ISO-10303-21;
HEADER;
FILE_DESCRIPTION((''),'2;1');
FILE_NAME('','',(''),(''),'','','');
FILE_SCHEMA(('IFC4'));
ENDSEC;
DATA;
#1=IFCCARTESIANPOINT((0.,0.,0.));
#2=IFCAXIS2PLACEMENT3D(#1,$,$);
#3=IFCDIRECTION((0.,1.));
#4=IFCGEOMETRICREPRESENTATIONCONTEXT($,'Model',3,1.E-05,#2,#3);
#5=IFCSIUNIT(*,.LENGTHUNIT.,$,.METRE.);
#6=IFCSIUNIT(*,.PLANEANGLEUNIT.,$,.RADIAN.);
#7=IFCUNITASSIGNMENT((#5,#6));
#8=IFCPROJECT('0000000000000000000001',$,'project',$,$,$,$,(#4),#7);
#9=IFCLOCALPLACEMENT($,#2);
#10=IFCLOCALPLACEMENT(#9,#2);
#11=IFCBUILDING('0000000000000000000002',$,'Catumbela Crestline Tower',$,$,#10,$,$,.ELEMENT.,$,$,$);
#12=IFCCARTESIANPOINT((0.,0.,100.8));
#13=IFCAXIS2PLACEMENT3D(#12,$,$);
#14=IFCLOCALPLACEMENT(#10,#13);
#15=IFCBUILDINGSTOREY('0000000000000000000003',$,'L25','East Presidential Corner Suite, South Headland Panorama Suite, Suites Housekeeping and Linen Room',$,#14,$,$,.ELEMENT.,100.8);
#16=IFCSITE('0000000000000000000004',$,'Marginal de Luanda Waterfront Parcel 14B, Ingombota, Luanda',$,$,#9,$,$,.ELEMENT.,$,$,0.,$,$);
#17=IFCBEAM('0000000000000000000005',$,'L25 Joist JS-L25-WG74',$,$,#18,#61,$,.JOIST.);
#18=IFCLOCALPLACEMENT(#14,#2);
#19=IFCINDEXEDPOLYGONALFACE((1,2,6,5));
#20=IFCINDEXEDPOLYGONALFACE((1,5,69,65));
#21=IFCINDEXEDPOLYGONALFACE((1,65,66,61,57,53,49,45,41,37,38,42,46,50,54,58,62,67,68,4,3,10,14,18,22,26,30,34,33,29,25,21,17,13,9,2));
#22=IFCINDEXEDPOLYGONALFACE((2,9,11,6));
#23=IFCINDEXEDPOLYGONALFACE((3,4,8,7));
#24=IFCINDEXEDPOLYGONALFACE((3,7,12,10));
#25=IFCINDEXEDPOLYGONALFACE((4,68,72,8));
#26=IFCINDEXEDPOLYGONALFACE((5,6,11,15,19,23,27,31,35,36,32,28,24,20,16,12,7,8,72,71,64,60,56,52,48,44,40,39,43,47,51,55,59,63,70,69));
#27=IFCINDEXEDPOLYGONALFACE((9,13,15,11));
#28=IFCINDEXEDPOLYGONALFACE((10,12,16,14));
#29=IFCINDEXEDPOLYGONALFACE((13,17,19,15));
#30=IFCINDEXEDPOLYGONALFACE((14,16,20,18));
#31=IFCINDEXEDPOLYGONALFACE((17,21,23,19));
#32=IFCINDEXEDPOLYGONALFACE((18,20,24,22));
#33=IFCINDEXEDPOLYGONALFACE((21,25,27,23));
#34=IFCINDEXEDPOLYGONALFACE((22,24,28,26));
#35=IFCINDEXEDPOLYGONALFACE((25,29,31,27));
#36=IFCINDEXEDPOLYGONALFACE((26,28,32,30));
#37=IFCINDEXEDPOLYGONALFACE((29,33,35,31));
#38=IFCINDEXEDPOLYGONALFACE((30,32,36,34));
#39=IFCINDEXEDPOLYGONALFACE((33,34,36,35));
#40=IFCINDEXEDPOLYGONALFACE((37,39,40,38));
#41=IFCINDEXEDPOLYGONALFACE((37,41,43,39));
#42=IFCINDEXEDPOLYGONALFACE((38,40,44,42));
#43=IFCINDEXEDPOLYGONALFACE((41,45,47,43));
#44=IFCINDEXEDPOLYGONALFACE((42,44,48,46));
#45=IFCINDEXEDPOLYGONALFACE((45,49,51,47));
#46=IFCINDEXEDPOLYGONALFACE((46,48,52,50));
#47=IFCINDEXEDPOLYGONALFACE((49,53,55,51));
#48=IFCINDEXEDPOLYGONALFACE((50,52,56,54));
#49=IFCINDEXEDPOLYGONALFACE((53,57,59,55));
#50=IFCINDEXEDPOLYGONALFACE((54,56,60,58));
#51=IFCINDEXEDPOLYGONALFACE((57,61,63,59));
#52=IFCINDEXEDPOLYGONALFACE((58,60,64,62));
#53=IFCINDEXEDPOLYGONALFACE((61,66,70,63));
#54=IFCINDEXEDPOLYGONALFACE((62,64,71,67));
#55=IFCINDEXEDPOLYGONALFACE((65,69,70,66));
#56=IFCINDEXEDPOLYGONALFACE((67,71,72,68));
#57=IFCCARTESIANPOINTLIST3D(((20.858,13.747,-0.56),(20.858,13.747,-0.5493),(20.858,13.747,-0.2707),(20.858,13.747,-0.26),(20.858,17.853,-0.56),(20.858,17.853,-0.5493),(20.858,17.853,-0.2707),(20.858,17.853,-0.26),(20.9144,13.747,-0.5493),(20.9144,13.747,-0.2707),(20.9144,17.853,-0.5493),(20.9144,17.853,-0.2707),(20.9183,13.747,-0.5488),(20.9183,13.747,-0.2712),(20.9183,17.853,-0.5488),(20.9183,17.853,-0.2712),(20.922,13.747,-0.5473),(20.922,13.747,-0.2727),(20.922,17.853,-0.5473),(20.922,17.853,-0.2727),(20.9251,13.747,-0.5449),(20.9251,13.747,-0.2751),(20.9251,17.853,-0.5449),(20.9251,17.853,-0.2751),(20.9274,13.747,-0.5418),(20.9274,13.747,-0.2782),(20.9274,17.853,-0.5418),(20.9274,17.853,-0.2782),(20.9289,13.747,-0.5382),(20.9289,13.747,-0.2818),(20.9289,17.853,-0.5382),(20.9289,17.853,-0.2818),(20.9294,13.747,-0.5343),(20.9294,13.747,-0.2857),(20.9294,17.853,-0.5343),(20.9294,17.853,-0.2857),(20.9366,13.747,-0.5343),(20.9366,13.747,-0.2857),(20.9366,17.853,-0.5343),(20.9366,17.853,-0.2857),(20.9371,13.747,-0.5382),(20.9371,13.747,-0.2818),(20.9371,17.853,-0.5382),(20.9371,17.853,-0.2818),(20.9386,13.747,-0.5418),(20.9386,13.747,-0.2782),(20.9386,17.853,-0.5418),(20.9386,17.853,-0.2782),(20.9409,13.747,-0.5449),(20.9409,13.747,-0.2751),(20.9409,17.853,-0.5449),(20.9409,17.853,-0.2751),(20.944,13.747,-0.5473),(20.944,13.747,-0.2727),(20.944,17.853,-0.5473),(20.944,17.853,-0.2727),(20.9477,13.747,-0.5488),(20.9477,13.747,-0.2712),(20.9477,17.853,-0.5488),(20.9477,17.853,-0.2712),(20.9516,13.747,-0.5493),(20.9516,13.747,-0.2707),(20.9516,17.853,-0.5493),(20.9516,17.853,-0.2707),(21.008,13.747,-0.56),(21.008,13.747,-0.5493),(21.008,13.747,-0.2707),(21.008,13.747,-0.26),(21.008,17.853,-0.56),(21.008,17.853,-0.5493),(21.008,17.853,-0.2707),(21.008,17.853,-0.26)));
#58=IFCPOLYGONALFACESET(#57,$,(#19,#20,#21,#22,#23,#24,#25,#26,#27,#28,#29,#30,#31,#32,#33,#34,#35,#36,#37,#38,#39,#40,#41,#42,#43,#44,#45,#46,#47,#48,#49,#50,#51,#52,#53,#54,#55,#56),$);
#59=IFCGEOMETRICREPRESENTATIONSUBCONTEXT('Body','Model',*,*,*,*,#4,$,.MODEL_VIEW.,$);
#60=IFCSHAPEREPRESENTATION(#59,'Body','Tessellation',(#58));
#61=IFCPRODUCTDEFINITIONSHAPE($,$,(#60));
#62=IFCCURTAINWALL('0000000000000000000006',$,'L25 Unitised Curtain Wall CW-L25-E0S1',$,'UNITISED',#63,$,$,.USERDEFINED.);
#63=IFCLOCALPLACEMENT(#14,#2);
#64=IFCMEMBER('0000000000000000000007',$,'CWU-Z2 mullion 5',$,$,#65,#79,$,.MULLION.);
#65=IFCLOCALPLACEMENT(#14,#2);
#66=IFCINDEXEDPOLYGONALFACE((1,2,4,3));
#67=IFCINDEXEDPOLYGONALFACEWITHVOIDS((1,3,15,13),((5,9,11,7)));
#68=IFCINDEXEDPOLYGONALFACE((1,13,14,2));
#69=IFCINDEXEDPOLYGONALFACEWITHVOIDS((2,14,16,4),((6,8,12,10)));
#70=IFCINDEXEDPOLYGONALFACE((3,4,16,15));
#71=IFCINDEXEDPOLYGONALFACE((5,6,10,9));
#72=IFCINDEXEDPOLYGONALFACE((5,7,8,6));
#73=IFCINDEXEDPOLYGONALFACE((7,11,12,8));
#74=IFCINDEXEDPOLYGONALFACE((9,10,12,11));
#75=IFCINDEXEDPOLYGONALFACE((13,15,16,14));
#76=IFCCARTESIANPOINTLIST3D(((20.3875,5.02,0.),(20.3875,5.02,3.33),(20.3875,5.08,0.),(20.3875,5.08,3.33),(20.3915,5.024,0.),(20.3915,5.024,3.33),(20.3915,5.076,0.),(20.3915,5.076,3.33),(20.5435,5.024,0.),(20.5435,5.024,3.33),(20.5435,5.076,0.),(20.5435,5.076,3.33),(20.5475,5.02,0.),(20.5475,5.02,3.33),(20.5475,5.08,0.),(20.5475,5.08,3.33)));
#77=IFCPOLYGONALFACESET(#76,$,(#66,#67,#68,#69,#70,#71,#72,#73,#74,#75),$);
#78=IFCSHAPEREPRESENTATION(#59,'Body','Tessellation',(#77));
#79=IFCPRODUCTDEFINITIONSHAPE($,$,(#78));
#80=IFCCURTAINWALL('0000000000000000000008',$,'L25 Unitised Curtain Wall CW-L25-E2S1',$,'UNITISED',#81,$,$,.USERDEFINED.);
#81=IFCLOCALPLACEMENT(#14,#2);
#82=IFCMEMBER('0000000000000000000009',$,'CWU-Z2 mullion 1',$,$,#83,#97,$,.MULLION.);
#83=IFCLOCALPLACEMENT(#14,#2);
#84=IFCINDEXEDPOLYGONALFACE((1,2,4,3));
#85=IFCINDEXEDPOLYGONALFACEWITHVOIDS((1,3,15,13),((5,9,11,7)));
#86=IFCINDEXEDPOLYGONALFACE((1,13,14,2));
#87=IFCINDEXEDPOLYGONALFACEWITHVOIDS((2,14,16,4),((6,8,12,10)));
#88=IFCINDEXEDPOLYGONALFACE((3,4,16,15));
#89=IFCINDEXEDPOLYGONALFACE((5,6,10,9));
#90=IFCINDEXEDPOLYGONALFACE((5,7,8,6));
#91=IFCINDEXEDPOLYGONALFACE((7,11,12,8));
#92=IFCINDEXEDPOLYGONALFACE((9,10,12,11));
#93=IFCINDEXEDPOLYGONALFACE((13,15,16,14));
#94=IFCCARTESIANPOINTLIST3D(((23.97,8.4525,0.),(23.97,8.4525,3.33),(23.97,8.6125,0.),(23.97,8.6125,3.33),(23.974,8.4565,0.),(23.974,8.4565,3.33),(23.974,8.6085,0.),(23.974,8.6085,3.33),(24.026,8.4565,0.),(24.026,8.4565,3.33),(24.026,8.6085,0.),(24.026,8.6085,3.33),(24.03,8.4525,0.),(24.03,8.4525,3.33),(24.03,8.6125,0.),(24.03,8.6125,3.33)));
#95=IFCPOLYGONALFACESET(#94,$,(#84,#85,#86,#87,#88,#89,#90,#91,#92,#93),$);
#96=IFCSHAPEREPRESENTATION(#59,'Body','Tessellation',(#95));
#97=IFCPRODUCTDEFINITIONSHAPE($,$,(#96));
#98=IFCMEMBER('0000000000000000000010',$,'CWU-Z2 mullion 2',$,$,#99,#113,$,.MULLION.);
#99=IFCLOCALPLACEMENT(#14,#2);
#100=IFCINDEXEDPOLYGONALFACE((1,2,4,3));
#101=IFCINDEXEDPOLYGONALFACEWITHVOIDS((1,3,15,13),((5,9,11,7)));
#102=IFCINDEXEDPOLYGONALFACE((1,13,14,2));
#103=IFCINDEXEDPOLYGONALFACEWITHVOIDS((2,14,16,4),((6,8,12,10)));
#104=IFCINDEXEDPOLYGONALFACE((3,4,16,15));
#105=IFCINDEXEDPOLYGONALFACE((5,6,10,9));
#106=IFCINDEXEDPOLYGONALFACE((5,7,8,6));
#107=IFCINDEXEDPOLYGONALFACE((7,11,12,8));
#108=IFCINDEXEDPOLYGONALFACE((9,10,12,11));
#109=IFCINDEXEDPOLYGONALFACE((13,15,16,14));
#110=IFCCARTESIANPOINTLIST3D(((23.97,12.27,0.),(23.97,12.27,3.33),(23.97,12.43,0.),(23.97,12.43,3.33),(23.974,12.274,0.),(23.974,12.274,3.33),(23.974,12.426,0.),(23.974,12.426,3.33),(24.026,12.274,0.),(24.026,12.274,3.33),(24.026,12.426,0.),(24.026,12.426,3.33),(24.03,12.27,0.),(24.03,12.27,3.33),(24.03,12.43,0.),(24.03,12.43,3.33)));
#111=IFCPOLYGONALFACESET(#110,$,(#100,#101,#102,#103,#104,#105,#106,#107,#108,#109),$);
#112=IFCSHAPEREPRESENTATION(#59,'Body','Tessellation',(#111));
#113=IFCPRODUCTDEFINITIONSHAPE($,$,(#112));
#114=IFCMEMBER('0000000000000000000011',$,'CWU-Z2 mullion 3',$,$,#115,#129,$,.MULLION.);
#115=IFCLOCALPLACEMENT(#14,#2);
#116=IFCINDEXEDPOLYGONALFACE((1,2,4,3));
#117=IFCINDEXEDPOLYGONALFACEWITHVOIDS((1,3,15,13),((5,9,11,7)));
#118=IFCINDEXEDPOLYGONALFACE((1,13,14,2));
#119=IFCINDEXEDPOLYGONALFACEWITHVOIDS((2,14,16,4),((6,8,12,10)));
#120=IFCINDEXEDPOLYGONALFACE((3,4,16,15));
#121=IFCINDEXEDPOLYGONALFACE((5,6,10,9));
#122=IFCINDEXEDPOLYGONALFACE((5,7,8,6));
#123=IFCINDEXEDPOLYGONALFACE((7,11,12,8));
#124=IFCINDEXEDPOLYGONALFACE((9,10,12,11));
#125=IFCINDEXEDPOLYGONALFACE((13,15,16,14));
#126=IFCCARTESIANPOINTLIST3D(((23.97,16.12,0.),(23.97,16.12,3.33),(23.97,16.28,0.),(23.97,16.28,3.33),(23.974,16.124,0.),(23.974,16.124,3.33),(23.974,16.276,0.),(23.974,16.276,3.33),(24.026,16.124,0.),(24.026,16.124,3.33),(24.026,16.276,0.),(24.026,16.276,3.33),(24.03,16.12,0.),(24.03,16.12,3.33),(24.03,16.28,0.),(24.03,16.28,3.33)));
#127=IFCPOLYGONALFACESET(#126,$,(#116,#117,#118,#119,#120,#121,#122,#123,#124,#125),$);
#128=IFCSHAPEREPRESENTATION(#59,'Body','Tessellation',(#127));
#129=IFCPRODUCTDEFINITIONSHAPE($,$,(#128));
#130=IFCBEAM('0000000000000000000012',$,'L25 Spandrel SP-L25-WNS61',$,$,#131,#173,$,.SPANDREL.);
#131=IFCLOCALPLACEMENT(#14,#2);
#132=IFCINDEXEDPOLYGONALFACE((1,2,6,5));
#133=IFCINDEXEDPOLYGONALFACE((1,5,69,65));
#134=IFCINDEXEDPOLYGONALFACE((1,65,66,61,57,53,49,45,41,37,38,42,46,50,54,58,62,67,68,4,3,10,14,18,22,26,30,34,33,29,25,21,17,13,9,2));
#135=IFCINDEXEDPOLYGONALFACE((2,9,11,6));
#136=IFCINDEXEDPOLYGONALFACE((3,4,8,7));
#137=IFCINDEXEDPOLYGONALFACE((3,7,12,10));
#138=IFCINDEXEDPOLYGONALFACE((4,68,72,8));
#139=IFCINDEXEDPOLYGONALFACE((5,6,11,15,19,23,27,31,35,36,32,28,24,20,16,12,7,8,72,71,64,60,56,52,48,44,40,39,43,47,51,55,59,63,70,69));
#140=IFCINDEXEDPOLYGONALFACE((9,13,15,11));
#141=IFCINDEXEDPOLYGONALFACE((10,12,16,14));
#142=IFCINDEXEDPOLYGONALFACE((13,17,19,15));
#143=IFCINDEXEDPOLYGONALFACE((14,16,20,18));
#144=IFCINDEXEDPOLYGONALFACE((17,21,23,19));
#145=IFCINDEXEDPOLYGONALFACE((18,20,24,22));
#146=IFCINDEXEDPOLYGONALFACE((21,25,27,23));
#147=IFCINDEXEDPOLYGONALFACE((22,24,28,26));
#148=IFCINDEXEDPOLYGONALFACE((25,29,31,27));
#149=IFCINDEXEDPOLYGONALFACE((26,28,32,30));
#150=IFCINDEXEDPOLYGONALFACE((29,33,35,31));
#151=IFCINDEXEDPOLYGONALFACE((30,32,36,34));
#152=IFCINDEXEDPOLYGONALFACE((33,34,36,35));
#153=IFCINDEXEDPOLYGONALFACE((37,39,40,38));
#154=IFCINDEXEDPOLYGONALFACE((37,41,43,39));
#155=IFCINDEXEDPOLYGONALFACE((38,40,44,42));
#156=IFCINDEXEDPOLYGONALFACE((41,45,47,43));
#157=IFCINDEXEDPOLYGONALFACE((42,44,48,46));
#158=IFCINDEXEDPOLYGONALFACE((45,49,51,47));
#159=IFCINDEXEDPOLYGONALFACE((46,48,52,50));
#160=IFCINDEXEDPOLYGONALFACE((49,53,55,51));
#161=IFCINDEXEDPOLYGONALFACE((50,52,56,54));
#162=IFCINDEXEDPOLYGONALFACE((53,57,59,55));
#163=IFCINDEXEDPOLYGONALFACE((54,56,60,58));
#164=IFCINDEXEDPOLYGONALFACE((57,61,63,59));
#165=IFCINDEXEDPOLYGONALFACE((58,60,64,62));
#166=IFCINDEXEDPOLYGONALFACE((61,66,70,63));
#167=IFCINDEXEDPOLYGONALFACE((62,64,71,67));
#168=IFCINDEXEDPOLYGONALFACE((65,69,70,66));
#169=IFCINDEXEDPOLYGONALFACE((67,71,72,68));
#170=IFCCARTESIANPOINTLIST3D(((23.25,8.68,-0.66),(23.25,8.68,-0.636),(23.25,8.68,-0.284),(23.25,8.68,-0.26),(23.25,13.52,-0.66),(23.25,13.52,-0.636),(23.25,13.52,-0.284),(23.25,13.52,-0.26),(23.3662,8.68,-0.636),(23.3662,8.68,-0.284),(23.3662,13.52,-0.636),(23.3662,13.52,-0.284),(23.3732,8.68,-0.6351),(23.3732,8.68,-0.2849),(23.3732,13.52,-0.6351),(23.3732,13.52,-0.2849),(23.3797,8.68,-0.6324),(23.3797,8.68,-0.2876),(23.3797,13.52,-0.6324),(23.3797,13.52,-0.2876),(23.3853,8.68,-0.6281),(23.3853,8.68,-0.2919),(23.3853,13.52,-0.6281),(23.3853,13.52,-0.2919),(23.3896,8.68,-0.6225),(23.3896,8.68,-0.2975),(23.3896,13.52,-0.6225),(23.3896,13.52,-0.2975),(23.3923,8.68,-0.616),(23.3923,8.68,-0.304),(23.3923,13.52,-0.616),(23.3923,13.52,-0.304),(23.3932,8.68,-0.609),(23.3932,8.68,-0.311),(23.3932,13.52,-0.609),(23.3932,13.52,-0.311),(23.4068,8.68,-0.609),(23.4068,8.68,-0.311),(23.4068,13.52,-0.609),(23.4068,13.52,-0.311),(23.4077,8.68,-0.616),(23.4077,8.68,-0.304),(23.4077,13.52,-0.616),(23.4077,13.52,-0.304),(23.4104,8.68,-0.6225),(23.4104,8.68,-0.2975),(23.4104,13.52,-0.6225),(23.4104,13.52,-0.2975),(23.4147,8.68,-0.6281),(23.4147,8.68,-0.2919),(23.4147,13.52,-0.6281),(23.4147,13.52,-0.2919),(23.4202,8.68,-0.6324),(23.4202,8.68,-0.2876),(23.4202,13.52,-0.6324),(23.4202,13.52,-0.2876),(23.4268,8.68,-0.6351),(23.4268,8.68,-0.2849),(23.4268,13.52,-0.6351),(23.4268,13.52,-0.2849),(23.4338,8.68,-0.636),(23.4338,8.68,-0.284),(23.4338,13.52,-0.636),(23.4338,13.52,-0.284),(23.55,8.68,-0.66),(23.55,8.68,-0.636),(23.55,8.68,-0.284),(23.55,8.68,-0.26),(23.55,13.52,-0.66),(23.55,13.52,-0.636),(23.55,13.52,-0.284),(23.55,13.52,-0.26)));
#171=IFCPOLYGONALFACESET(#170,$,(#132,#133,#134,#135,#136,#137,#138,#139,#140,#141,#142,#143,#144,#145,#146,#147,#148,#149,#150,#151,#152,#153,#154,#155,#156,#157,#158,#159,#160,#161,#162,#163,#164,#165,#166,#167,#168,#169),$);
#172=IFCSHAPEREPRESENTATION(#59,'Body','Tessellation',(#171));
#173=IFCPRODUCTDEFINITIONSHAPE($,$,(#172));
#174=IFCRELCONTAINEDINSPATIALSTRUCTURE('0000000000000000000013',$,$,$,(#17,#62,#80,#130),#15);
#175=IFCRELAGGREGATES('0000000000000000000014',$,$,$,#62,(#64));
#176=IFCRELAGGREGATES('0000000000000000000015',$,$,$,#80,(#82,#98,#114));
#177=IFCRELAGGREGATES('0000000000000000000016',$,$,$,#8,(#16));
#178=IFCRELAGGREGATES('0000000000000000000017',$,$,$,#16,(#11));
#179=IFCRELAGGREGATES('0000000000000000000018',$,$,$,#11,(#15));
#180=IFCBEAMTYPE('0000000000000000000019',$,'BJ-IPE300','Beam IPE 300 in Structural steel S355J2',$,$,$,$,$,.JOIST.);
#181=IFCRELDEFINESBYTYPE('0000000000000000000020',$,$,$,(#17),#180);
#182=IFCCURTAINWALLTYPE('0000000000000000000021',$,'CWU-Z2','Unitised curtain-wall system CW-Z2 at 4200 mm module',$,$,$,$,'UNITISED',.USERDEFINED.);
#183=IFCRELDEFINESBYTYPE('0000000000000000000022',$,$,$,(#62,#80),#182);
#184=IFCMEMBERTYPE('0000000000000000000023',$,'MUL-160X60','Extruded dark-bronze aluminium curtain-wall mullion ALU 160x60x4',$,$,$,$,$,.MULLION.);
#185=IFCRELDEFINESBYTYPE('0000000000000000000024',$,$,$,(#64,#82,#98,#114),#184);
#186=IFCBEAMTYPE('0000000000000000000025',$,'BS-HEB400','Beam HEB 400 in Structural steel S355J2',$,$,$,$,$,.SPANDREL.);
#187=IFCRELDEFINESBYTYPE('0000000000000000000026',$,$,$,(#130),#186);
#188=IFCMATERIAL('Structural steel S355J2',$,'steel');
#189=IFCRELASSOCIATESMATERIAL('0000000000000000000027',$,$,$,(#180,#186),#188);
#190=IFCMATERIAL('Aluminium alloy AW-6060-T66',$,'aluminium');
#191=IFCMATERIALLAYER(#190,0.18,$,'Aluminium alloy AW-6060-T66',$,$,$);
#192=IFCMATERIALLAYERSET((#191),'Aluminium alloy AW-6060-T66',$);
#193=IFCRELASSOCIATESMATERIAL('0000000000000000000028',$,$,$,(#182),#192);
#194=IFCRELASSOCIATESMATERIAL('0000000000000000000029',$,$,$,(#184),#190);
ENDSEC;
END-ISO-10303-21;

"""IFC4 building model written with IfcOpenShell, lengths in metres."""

from ifc_helpers import new_model, si_unit, direction, frame, origin, origin_2d, place, context, subcontext, project, spatial, hollow_rectangle, i_section, extrude, material, layer, layer_set, material_profile, profile_set, type_object, element, aggregate, save


model = new_model("IFC4")

# Units and contexts
model_context = context("Model", 3, precision=1e-05, world=origin(), true_north=direction((0.0, 1.0)))
body_context = subcontext(model_context, "Body", "Model", "MODEL_VIEW")
ifc_project = project(units=[si_unit("LENGTHUNIT", "METRE"), si_unit("PLANEANGLEUNIT", "RADIAN")], contexts=[model_context])

# Site, building, storey
site_placement = place(None, origin())
site = spatial("IfcSite", under=ifc_project, at=site_placement, Name="Marginal de Luanda Waterfront Parcel 14B, Ingombota, Luanda", CompositionType="ELEMENT", RefElevation=0.0)
building_placement = place(site_placement, origin())
building = spatial("IfcBuilding", under=site, at=building_placement, Name="Catumbela Crestline Tower", CompositionType="ELEMENT")
storey_placement = place(building_placement, frame((0.0, 0.0, 100.8)))
storey = spatial("IfcBuildingStorey", under=building, at=storey_placement, Name="L25", Description="East Presidential Corner Suite, South Headland Panorama Suite, Suites Housekeeping and Linen Room", CompositionType="ELEMENT", Elevation=100.8)

# Beam
ifc_material_1 = material(Name="Structural steel S355J2", Category="steel")
ifc_material_profile_1 = material_profile(ifc_material_1, i_section(OverallWidth=0.15, OverallDepth=0.3, WebThickness=0.0071, FlangeThickness=0.0107, FilletRadius=0.015, at=origin_2d()), Name="IPE 300")
ifc_profile_set_1 = profile_set([ifc_material_profile_1], Name="Structural steel S355J2")
beam_type_1 = type_object("IfcBeamType", Name="BJ-IPE300", Description="Beam IPE 300 in Structural steel S355J2", PredefinedType="JOIST", material=ifc_profile_set_1)
for number, where, z_axis, x_axis, name in (
    (1, (20.933, 13.747, -0.41), (0.0, 1.0, 0.0), (-1.0, 0.0, 0.0), "L25 Joist JS-L25-WG74"),
):
    element("IfcBeam", number, at=place(storey_placement, frame(where, z_axis=z_axis, x_axis=x_axis)), inside=storey, type_object=beam_type_1, Name=name, PredefinedType="JOIST", context=body_context, shape_type="SweptSolid", body=[
        extrude(i_section(OverallWidth=0.15, OverallDepth=0.3, WebThickness=0.0071, FlangeThickness=0.0107, FilletRadius=0.015, at=origin_2d()), origin(), (0.0, 0.0, 1.0), 4.106),
    ])

# Curtain wall, member
ifc_material_2 = material(Name="Aluminium alloy AW-6060-T66", Category="aluminium")
ifc_layer_1 = layer(ifc_material_2, 0.18, Name="Aluminium alloy AW-6060-T66")
ifc_layer_set_1 = layer_set([ifc_layer_1], Name="Aluminium alloy AW-6060-T66")
curtain_wall_type = type_object("IfcCurtainWallType", Name="CWU-Z2", Description="Unitised curtain-wall system CW-Z2 at 4200 mm module", ElementType="UNITISED", PredefinedType="USERDEFINED", material=ifc_layer_set_1)
curtain_wall_1_placement = place(storey_placement, origin())
curtain_wall_1 = element("IfcCurtainWall", 2, at=curtain_wall_1_placement, inside=storey, type_object=curtain_wall_type, Name="L25 Unitised Curtain Wall CW-L25-E0S1", ObjectType="UNITISED", PredefinedType="USERDEFINED")
ifc_material_profile_2 = material_profile(ifc_material_2, hollow_rectangle(XDim=0.06, YDim=0.16, WallThickness=0.004, at=origin_2d()), Name="ALU 160x60x4")
ifc_profile_set_2 = profile_set([ifc_material_profile_2], Name="Aluminium alloy AW-6060-T66")
member_type_1 = type_object("IfcMemberType", Name="MUL-160X60", Description="Extruded dark-bronze aluminium curtain-wall mullion ALU 160x60x4", PredefinedType="MULLION", material=ifc_profile_set_2)
member_1_placement = place(storey_placement, frame((20.4675, 5.05, 0.0), z_axis=(0.0, 0.0, 1.0), x_axis=(0.0, 1.0, 0.0)))
member_1 = element("IfcMember", 3, at=member_1_placement, type_object=member_type_1, Name="CWU-Z2 mullion 5", PredefinedType="MULLION", context=body_context, shape_type="SweptSolid", body=[
    extrude(hollow_rectangle(XDim=0.06, YDim=0.16, WallThickness=0.004, at=origin_2d()), origin(), (0.0, 0.0, 1.0), 3.33),
])
aggregate(curtain_wall_1, [member_1])

# Curtain wall, members
curtain_wall_2_placement = place(storey_placement, origin())
curtain_wall_2 = element("IfcCurtainWall", 4, at=curtain_wall_2_placement, inside=storey, type_object=curtain_wall_type, Name="L25 Unitised Curtain Wall CW-L25-E2S1", ObjectType="UNITISED", PredefinedType="USERDEFINED")
member_2_placement = place(storey_placement, frame((24.0, 8.5325, 0.0), z_axis=(0.0, 0.0, 1.0), x_axis=(-1.0, 0.0, 0.0)))
member_2 = element("IfcMember", 5, at=member_2_placement, type_object=member_type_1, Name="CWU-Z2 mullion 1", PredefinedType="MULLION", context=body_context, shape_type="SweptSolid", body=[
    extrude(hollow_rectangle(XDim=0.06, YDim=0.16, WallThickness=0.004, at=origin_2d()), origin(), (0.0, 0.0, 1.0), 3.33),
])
member_3_placement = place(storey_placement, frame((24.0, 12.35, 0.0), z_axis=(0.0, 0.0, 1.0), x_axis=(-1.0, 0.0, 0.0)))
member_3 = element("IfcMember", 6, at=member_3_placement, type_object=member_type_1, Name="CWU-Z2 mullion 2", PredefinedType="MULLION", context=body_context, shape_type="SweptSolid", body=[
    extrude(hollow_rectangle(XDim=0.06, YDim=0.16, WallThickness=0.004, at=origin_2d()), origin(), (0.0, 0.0, 1.0), 3.33),
])
member_4_placement = place(storey_placement, frame((24.0, 16.2, 0.0), z_axis=(0.0, 0.0, 1.0), x_axis=(-1.0, 0.0, 0.0)))
member_4 = element("IfcMember", 7, at=member_4_placement, type_object=member_type_1, Name="CWU-Z2 mullion 3", PredefinedType="MULLION", context=body_context, shape_type="SweptSolid", body=[
    extrude(hollow_rectangle(XDim=0.06, YDim=0.16, WallThickness=0.004, at=origin_2d()), origin(), (0.0, 0.0, 1.0), 3.33),
])

# Beam
ifc_material_profile_3 = material_profile(ifc_material_1, i_section(OverallWidth=0.3, OverallDepth=0.4, WebThickness=0.0135, FlangeThickness=0.024, FilletRadius=0.027, at=origin_2d()), Name="HEB 400")
ifc_profile_set_3 = profile_set([ifc_material_profile_3], Name="Structural steel S355J2")
beam_type_2 = type_object("IfcBeamType", Name="BS-HEB400", Description="Beam HEB 400 in Structural steel S355J2", PredefinedType="SPANDREL", material=ifc_profile_set_3)
beam_1_placement = place(storey_placement, frame((23.4, 8.68, -0.46), z_axis=(0.0, 1.0, 0.0), x_axis=(-1.0, 0.0, 0.0)))
element("IfcBeam", 8, at=beam_1_placement, inside=storey, type_object=beam_type_2, Name="L25 Spandrel SP-L25-WNS61", PredefinedType="SPANDREL", context=body_context, shape_type="SweptSolid", body=[
    extrude(i_section(OverallWidth=0.3, OverallDepth=0.4, WebThickness=0.0135, FlangeThickness=0.024, FilletRadius=0.027, at=origin_2d()), origin(), (0.0, 0.0, 1.0), 4.84),
])

aggregate(curtain_wall_2, [member_2, member_3, member_4])

save(model, "model.ifc")
